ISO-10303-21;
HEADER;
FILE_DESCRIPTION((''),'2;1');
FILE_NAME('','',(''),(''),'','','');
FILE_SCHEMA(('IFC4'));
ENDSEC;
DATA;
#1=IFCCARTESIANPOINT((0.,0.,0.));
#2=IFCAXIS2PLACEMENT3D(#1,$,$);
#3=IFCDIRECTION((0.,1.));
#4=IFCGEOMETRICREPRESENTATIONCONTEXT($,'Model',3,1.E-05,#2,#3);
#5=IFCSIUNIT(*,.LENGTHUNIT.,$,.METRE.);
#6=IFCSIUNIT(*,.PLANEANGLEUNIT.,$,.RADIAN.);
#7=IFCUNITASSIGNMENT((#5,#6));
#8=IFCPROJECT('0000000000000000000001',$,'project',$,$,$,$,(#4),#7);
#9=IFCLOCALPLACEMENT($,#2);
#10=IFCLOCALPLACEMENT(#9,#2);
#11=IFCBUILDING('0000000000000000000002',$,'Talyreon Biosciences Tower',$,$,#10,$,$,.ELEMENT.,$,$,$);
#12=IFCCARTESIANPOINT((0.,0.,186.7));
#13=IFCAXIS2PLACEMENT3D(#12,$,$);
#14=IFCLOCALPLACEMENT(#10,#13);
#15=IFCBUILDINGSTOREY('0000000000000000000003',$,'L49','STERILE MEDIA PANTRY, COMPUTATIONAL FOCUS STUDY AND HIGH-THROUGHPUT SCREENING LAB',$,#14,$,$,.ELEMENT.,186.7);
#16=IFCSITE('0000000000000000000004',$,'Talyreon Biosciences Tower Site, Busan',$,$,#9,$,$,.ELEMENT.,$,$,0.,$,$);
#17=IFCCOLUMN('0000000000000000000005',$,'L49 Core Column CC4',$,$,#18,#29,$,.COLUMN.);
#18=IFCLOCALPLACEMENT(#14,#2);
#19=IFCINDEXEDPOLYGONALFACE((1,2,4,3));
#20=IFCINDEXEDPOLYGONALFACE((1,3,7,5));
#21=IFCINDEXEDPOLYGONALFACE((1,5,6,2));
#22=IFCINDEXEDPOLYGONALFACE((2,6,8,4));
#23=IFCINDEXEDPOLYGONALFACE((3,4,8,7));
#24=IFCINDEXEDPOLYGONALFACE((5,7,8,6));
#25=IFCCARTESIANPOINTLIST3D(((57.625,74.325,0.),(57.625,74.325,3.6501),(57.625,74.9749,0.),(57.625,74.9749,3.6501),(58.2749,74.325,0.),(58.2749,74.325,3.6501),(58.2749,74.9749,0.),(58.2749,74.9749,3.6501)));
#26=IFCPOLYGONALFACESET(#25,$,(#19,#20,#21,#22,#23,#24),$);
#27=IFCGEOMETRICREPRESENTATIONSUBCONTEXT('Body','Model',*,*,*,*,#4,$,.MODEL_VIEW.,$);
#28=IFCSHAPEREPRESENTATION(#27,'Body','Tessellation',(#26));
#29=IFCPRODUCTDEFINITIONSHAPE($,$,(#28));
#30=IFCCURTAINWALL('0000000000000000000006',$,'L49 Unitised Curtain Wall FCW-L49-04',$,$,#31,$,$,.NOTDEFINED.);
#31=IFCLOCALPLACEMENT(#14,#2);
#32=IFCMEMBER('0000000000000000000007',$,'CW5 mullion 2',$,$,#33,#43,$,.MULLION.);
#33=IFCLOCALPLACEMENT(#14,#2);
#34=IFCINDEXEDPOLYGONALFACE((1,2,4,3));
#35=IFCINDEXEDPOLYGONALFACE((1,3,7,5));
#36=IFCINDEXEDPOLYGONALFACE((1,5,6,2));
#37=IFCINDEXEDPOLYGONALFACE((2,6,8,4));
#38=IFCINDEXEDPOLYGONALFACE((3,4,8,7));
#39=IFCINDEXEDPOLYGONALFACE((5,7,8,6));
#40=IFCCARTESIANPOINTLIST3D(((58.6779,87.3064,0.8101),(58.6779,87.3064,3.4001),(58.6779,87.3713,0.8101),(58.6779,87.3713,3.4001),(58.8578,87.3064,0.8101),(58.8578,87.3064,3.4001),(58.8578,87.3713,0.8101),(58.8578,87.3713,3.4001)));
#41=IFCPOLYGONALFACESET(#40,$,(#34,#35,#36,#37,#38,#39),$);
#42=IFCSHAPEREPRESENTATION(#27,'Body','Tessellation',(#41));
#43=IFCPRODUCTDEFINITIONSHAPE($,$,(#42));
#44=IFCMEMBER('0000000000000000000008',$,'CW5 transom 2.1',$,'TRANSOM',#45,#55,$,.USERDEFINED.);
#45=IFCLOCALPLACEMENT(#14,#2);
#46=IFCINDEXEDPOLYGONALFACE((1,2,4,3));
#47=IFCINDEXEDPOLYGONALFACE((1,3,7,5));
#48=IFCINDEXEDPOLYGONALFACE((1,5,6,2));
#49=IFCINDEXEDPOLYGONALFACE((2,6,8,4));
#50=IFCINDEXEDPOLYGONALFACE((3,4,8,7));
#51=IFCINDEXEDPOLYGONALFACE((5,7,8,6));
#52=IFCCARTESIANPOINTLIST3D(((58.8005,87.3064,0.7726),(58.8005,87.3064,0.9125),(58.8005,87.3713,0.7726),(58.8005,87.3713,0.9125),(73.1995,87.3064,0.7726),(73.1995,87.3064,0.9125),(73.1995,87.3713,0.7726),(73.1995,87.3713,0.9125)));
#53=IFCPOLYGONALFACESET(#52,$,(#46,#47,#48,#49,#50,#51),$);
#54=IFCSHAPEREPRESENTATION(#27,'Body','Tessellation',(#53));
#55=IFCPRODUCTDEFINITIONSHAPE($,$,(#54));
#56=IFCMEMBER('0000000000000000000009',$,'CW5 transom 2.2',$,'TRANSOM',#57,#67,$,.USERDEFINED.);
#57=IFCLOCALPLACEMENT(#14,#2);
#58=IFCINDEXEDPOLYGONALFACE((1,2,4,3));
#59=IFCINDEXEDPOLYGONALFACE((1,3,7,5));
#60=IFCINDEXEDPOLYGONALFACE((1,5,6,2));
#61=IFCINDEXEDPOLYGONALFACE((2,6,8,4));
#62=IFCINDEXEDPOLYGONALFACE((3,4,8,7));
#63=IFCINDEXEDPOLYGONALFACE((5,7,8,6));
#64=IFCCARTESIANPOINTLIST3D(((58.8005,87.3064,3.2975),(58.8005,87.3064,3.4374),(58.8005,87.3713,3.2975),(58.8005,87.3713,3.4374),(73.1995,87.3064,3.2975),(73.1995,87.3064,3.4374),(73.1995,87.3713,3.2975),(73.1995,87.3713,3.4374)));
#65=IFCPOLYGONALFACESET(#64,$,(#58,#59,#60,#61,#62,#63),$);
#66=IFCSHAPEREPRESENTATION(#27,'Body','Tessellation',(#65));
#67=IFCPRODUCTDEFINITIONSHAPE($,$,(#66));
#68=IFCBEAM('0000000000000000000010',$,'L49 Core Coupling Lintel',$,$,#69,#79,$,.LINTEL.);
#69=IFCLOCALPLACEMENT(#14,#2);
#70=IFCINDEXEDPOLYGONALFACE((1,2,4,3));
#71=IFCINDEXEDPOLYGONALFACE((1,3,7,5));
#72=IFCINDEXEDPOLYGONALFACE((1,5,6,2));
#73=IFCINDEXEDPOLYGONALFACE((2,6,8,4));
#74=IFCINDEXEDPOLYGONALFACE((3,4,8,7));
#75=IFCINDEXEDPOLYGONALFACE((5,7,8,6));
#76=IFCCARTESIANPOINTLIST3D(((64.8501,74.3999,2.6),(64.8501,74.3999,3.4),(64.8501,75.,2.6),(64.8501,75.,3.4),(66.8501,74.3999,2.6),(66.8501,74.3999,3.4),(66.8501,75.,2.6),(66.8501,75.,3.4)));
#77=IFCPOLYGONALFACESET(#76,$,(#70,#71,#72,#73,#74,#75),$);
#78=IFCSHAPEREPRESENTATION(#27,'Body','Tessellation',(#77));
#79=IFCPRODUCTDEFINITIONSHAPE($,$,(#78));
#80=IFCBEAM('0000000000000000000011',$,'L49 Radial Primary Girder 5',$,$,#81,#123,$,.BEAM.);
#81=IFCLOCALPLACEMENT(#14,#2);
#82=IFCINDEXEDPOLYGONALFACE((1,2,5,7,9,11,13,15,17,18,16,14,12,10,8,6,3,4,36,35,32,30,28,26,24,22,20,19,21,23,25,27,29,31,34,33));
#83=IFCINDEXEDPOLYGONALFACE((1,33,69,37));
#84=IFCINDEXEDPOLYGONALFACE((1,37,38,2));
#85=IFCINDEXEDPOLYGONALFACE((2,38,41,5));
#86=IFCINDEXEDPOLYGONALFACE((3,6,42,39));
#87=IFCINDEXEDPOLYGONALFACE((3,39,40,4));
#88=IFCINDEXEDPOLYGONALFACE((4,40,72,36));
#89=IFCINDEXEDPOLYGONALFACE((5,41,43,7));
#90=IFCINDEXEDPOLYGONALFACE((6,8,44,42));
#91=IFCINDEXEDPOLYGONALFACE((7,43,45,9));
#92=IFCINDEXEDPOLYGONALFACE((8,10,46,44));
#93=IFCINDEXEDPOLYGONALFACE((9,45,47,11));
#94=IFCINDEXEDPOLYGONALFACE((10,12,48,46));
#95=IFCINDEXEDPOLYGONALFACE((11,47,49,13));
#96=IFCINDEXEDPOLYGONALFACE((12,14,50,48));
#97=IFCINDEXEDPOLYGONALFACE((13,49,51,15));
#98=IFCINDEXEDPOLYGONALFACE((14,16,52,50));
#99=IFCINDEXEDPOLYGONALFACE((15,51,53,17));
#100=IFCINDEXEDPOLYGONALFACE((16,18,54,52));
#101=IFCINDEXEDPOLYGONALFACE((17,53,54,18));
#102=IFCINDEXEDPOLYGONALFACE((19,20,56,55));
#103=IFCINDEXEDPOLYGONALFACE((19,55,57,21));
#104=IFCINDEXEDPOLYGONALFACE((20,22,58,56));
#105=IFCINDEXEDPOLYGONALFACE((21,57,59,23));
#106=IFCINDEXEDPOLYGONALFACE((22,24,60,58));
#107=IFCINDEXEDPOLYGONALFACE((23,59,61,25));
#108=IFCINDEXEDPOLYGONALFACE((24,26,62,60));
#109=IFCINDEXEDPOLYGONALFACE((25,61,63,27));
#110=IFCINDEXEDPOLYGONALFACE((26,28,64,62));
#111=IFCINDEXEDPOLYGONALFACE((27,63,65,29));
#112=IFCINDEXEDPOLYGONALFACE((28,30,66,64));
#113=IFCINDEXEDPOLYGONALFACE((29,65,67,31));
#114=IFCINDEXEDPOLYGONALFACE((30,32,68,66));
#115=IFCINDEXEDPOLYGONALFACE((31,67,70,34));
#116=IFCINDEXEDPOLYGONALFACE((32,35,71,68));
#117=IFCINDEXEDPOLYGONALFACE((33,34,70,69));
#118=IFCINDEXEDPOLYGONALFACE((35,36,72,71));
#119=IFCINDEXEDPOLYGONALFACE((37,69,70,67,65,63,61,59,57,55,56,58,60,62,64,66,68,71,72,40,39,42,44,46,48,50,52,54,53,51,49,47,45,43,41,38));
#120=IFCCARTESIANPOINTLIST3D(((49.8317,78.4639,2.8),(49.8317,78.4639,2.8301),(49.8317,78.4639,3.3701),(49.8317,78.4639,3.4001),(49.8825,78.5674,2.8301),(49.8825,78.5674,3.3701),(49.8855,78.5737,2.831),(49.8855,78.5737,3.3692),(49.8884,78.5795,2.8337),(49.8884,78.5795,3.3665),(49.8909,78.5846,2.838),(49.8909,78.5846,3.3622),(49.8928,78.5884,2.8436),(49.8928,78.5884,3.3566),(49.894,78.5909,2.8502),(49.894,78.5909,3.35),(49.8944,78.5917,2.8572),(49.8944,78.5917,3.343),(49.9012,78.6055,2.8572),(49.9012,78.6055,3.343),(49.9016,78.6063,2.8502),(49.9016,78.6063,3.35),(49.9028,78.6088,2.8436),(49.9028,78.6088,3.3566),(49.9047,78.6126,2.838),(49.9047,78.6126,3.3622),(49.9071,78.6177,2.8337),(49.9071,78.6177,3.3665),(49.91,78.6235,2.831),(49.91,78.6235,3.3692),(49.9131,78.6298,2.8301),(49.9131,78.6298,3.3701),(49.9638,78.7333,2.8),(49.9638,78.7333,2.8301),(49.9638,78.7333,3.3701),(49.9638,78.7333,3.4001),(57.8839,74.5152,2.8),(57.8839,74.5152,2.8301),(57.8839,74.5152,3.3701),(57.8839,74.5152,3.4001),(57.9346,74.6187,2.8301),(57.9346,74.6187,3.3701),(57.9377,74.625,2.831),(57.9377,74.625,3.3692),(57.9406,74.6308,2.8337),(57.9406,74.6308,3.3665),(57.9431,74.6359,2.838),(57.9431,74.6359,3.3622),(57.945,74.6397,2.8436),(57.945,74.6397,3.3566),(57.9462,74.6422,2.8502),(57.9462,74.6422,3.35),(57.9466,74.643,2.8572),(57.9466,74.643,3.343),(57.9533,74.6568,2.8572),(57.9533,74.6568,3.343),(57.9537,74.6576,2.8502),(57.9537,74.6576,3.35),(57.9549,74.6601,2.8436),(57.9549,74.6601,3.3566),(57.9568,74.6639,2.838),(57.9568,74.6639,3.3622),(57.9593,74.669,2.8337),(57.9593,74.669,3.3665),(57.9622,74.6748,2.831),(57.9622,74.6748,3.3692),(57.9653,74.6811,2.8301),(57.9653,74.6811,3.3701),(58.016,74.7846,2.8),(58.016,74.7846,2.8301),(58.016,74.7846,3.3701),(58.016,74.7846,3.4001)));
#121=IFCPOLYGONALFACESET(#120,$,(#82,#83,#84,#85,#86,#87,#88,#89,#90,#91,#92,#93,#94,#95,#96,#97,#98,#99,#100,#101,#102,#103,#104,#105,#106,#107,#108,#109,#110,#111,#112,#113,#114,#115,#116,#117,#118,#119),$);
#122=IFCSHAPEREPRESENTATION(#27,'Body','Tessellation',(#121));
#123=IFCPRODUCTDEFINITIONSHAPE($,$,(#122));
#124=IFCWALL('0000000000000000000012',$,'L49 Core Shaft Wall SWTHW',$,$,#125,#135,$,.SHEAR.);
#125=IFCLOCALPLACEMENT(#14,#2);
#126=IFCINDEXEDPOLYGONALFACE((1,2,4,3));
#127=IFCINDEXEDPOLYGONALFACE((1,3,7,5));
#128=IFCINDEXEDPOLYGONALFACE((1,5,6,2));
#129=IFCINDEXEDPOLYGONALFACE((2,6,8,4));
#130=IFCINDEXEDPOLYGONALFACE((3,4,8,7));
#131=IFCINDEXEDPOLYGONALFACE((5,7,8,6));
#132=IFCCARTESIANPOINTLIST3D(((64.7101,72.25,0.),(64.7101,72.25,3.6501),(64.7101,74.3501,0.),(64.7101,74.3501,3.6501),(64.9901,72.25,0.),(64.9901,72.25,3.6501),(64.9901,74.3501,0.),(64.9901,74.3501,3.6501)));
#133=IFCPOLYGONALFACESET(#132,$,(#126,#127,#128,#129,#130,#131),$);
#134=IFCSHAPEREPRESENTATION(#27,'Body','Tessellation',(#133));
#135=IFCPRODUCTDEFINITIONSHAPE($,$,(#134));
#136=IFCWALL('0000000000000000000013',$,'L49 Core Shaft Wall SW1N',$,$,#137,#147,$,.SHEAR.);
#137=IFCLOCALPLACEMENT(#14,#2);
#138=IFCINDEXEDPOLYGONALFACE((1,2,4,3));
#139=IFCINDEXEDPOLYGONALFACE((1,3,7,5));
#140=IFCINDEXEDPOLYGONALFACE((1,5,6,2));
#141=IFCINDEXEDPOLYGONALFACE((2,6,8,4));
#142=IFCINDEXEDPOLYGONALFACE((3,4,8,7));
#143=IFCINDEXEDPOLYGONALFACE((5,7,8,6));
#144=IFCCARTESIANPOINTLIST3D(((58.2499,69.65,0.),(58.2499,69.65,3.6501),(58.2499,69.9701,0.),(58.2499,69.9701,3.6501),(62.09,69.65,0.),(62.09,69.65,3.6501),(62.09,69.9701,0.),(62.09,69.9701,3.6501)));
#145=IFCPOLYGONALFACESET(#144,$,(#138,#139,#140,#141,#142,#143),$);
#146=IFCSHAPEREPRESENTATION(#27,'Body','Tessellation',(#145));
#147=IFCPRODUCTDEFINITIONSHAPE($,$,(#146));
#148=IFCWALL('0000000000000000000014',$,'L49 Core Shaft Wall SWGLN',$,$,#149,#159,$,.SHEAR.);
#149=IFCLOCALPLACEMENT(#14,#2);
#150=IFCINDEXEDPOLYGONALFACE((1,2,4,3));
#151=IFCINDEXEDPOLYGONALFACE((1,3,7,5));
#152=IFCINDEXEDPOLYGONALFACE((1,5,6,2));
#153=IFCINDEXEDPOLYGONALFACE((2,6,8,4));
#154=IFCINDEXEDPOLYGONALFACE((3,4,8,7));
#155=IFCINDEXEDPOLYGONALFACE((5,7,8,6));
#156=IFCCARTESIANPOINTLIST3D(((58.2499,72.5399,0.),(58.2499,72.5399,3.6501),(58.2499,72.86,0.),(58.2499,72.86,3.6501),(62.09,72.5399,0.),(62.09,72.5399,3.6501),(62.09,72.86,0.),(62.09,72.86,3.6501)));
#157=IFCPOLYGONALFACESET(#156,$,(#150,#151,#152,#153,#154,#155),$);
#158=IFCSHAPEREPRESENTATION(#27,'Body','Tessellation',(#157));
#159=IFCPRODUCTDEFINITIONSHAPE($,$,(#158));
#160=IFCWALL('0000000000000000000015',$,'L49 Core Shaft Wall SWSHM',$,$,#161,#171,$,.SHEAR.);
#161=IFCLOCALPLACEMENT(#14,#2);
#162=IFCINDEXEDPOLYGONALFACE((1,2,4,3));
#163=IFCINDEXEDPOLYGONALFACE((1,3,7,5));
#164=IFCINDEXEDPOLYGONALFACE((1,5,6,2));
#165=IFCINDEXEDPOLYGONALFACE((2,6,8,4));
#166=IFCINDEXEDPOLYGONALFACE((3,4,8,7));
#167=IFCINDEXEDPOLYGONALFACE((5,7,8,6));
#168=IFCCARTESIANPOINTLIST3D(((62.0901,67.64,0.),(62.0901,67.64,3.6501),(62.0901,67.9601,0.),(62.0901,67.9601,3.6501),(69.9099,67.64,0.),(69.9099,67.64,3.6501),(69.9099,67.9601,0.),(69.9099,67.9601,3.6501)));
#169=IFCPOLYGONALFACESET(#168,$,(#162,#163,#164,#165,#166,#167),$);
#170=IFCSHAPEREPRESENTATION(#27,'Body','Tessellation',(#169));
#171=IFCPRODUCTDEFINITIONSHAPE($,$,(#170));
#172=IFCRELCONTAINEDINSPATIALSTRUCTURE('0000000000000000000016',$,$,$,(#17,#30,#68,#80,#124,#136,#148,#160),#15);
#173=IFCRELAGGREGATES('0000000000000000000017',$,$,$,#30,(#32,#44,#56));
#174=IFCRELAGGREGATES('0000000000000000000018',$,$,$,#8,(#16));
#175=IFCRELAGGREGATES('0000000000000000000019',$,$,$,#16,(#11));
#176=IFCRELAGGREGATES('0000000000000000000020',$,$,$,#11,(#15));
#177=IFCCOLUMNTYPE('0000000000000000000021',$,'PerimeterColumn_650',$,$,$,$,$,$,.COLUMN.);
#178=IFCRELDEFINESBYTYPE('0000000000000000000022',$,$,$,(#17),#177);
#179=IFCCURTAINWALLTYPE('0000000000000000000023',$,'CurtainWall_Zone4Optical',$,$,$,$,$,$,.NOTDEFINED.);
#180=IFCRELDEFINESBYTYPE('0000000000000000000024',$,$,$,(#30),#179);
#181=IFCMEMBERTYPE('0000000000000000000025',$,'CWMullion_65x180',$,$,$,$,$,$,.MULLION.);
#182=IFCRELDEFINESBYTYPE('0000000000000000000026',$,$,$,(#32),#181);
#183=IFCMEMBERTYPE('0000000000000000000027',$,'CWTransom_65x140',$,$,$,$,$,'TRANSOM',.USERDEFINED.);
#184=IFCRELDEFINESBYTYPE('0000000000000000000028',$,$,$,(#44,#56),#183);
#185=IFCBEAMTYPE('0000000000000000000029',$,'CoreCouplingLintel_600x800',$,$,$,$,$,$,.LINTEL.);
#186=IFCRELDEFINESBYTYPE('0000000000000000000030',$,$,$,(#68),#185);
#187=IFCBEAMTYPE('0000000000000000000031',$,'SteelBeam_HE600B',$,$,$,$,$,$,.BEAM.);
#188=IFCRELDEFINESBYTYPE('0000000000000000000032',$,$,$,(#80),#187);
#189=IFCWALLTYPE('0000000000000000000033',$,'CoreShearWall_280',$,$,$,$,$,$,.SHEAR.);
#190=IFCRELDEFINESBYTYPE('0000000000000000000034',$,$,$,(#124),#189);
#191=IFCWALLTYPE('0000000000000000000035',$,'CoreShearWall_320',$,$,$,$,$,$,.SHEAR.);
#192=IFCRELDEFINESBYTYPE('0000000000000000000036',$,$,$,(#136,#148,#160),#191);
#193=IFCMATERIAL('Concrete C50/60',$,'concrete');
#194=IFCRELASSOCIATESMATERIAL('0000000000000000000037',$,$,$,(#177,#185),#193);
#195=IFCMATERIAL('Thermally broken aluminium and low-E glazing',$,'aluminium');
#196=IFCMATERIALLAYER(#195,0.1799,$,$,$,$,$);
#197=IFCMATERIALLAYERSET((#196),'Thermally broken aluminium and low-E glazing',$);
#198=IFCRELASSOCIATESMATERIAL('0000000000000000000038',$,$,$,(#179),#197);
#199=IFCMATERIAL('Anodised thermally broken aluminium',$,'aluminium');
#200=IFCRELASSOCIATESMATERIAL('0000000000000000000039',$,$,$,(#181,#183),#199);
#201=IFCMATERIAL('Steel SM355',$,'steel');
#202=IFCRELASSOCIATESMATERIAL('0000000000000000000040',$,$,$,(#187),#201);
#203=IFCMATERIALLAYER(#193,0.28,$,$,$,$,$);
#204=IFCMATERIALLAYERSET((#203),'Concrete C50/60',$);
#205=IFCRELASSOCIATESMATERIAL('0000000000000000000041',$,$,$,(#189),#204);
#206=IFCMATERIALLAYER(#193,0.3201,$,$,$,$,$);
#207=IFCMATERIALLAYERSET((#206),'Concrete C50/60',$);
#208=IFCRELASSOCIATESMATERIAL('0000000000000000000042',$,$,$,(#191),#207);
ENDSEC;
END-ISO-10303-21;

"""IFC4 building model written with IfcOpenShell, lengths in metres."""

from ifc_helpers import new_model, si_unit, direction, frame, frame_2d, origin, origin_2d, place, context, subcontext, project, spatial, rectangle, i_section, extrude, material, layer, layer_set, material_profile, profile_set, type_object, element, aggregate, save


model = new_model("IFC4")

# Units and contexts
model_context = context("Model", 3, precision=1e-05, world=origin(), true_north=direction((0.0, 1.0)))
body_context = subcontext(model_context, "Body", "Model", "MODEL_VIEW")
ifc_project = project(units=[si_unit("LENGTHUNIT", "METRE"), si_unit("PLANEANGLEUNIT", "RADIAN")], contexts=[model_context])

# Site, building, storey
site_placement = place(None, origin())
site = spatial("IfcSite", under=ifc_project, at=site_placement, Name="Talyreon Biosciences Tower Site, Busan", CompositionType="ELEMENT", RefElevation=0.0)
building_placement = place(site_placement, origin())
building = spatial("IfcBuilding", under=site, at=building_placement, Name="Talyreon Biosciences Tower", CompositionType="ELEMENT")
storey_placement = place(building_placement, frame((0.0, 0.0, 186.7)))
storey = spatial("IfcBuildingStorey", under=building, at=storey_placement, Name="L49", Description="STERILE MEDIA PANTRY, COMPUTATIONAL FOCUS STUDY AND HIGH-THROUGHPUT SCREENING LAB", CompositionType="ELEMENT", Elevation=186.7)

# Column
ifc_material_1 = material(Name="Concrete C50/60", Category="concrete")
ifc_material_profile_1 = material_profile(ifc_material_1, rectangle(XDim=0.6499, YDim=0.6499, at=origin_2d()), Name="RC 650x650")
ifc_profile_set_1 = profile_set([ifc_material_profile_1], Name="Concrete C50/60")
column_type = type_object("IfcColumnType", Name="PerimeterColumn_650", PredefinedType="COLUMN", material=ifc_profile_set_1)
column_placement = place(storey_placement, frame((57.95, 74.6499, 0.0), z_axis=(0.0, 0.0, 1.0), x_axis=(1.0, 0.0, 0.0)))
element("IfcColumn", 1, at=column_placement, inside=storey, type_object=column_type, Name="L49 Core Column CC4", PredefinedType="COLUMN", context=body_context, shape_type="SweptSolid", body=[
    extrude(rectangle(XDim=0.6499, YDim=0.6499, at=origin_2d()), origin(), (0.0, 0.0, 1.0), 3.6501),
])

# Curtain wall, members
ifc_material_2 = material(Name="Thermally broken aluminium and low-E glazing", Category="aluminium")
ifc_layer_1 = layer(ifc_material_2, 0.1799)
ifc_layer_set_1 = layer_set([ifc_layer_1], Name="Thermally broken aluminium and low-E glazing")
curtain_wall_type = type_object("IfcCurtainWallType", Name="CurtainWall_Zone4Optical", PredefinedType="NOTDEFINED", material=ifc_layer_set_1)
curtain_wall_placement = place(storey_placement, origin())
curtain_wall = element("IfcCurtainWall", 2, at=curtain_wall_placement, inside=storey, type_object=curtain_wall_type, Name="L49 Unitised Curtain Wall FCW-L49-04", PredefinedType="NOTDEFINED")
ifc_material_3 = material(Name="Anodised thermally broken aluminium", Category="aluminium")
ifc_material_profile_2 = material_profile(ifc_material_3, rectangle(XDim=0.0649, YDim=0.1799, at=origin_2d()), Name="ALUM MULLION 65x180")
ifc_profile_set_2 = profile_set([ifc_material_profile_2], Name="Anodised thermally broken aluminium")
member_type_1 = type_object("IfcMemberType", Name="CWMullion_65x180", PredefinedType="MULLION", material=ifc_profile_set_2)
member_1_placement = place(storey_placement, frame((58.7678, 87.3389, 0.8101), z_axis=(0.0, 0.0, 1.0), x_axis=(0.0, 1.0, 0.0)))
member_1 = element("IfcMember", 3, at=member_1_placement, type_object=member_type_1, Name="CW5 mullion 2", PredefinedType="MULLION", context=body_context, shape_type="SweptSolid", body=[
    extrude(rectangle(XDim=0.0649, YDim=0.1799, at=origin_2d()), origin(), (0.0, 0.0, 1.0), 2.5901),
])
ifc_material_profile_3 = material_profile(ifc_material_3, rectangle(XDim=0.0649, YDim=0.1399, at=origin_2d()), Name="ALUM TRANSOM 65x140")
ifc_profile_set_3 = profile_set([ifc_material_profile_3], Name="Anodised thermally broken aluminium")
member_type_2 = type_object("IfcMemberType", Name="CWTransom_65x140", ElementType="TRANSOM", PredefinedType="USERDEFINED", material=ifc_profile_set_3)
member_2_placement = place(storey_placement, frame((58.8005, 87.3389, 0.8425), z_axis=(1.0, 0.0, 0.0), x_axis=(0.0, 1.0, 0.0)))
member_2 = element("IfcMember", 4, at=member_2_placement, type_object=member_type_2, Name="CW5 transom 2.1", ObjectType="TRANSOM", PredefinedType="USERDEFINED", context=body_context, shape_type="SweptSolid", body=[
    extrude(rectangle(XDim=0.0649, YDim=0.1399, at=origin_2d()), origin(), (0.0, 0.0, 1.0), 14.3989),
])
member_3_placement = place(storey_placement, frame((58.8005, 87.3389, 3.3674), z_axis=(1.0, 0.0, 0.0), x_axis=(0.0, 1.0, 0.0)))
member_3 = element("IfcMember", 5, at=member_3_placement, type_object=member_type_2, Name="CW5 transom 2.2", ObjectType="TRANSOM", PredefinedType="USERDEFINED", context=body_context, shape_type="SweptSolid", body=[
    extrude(rectangle(XDim=0.0649, YDim=0.1399, at=origin_2d()), origin(), (0.0, 0.0, 1.0), 14.3989),
])
aggregate(curtain_wall, [member_1, member_2, member_3])

# Beams
ifc_material_profile_4 = material_profile(ifc_material_1, rectangle(XDim=0.6001, YDim=0.8, at=origin_2d()), Name="RCB 600x800")
ifc_profile_set_4 = profile_set([ifc_material_profile_4], Name="Concrete C50/60")
beam_type_1 = type_object("IfcBeamType", Name="CoreCouplingLintel_600x800", PredefinedType="LINTEL", material=ifc_profile_set_4)
beam_1_placement = place(storey_placement, frame((64.8501, 74.7, 3.0), z_axis=(1.0, 0.0, 0.0), x_axis=(0.0, 1.0, 0.0)))
element("IfcBeam", 6, at=beam_1_placement, inside=storey, type_object=beam_type_1, Name="L49 Core Coupling Lintel", PredefinedType="LINTEL", context=body_context, shape_type="SweptSolid", body=[
    extrude(rectangle(XDim=0.6001, YDim=0.8, at=origin_2d()), origin(), (0.0, 0.0, 1.0), 2.0),
])
ifc_material_4 = material(Name="Steel SM355", Category="steel")
ifc_material_profile_5 = material_profile(ifc_material_4, i_section(OverallWidth=0.3, OverallDepth=0.6001, WebThickness=0.0154, FlangeThickness=0.03, FilletRadius=0.0271, at=origin_2d()), Name="HE600B")
ifc_profile_set_5 = profile_set([ifc_material_profile_5], Name="Steel SM355")
beam_type_2 = type_object("IfcBeamType", Name="SteelBeam_HE600B", PredefinedType="BEAM", material=ifc_profile_set_5)
beam_2_placement = place(storey_placement, frame((57.95, 74.6499, 3.1001), z_axis=(-0.897852, 0.440297, 0.0), x_axis=(-0.440297, -0.897852, 0.0)))
element("IfcBeam", 7, at=beam_2_placement, inside=storey, type_object=beam_type_2, Name="L49 Radial Primary Girder 5", PredefinedType="BEAM", context=body_context, shape_type="SweptSolid", body=[
    extrude(i_section(OverallWidth=0.3, OverallDepth=0.6001, WebThickness=0.0154, FlangeThickness=0.03, FilletRadius=0.0271, at=origin_2d()), origin(), (0.0, 0.0, 1.0), 8.9683),
])

# Walls
ifc_layer_2 = layer(ifc_material_1, 0.28)
ifc_layer_set_2 = layer_set([ifc_layer_2], Name="Concrete C50/60")
wall_type_1 = type_object("IfcWallType", Name="CoreShearWall_280", PredefinedType="SHEAR", material=ifc_layer_set_2)
wall_1_placement = place(storey_placement, frame((64.8501, 72.25, 0.0), z_axis=(0.0, 0.0, 1.0), x_axis=(0.0, 1.0, 0.0)))
element("IfcWall", 8, at=wall_1_placement, inside=storey, type_object=wall_type_1, Name="L49 Core Shaft Wall SWTHW", PredefinedType="SHEAR", context=body_context, shape_type="SweptSolid", body=[
    extrude(rectangle(XDim=2.1001, YDim=0.28, at=frame_2d((1.05, 0.0))), origin(), (0.0, 0.0, 1.0), 3.6501),
])
ifc_layer_3 = layer(ifc_material_1, 0.3201)
ifc_layer_set_3 = layer_set([ifc_layer_3], Name="Concrete C50/60")
wall_type_2 = type_object("IfcWallType", Name="CoreShearWall_320", PredefinedType="SHEAR", material=ifc_layer_set_3)
for number, where, z_axis, x_axis, name in (
    (9, (58.25, 69.8101, 0.0), (0.0, 0.0, 1.0), (1.0, 0.0, 0.0), "L49 Core Shaft Wall SW1N"),
    (10, (58.25, 72.7, 0.0), (0.0, 0.0, 1.0), (1.0, 0.0, 0.0), "L49 Core Shaft Wall SWGLN"),
):
    element("IfcWall", number, at=place(storey_placement, frame(where, z_axis=z_axis, x_axis=x_axis)), inside=storey, type_object=wall_type_2, Name=name, PredefinedType="SHEAR", context=body_context, shape_type="SweptSolid", body=[
        extrude(rectangle(XDim=3.8401, YDim=0.3201, at=frame_2d((1.9199, 0.0))), origin(), (0.0, 0.0, 1.0), 3.6501),
    ])
wall_2_placement = place(storey_placement, frame((62.0901, 67.8, 0.0), z_axis=(0.0, 0.0, 1.0), x_axis=(1.0, 0.0, 0.0)))
element("IfcWall", 11, at=wall_2_placement, inside=storey, type_object=wall_type_2, Name="L49 Core Shaft Wall SWSHM", PredefinedType="SHEAR", context=body_context, shape_type="SweptSolid", body=[
    extrude(rectangle(XDim=7.8198, YDim=0.3201, at=frame_2d((3.9099, 0.0))), origin(), (0.0, 0.0, 1.0), 3.6501),
])

save(model, "model.ifc")
